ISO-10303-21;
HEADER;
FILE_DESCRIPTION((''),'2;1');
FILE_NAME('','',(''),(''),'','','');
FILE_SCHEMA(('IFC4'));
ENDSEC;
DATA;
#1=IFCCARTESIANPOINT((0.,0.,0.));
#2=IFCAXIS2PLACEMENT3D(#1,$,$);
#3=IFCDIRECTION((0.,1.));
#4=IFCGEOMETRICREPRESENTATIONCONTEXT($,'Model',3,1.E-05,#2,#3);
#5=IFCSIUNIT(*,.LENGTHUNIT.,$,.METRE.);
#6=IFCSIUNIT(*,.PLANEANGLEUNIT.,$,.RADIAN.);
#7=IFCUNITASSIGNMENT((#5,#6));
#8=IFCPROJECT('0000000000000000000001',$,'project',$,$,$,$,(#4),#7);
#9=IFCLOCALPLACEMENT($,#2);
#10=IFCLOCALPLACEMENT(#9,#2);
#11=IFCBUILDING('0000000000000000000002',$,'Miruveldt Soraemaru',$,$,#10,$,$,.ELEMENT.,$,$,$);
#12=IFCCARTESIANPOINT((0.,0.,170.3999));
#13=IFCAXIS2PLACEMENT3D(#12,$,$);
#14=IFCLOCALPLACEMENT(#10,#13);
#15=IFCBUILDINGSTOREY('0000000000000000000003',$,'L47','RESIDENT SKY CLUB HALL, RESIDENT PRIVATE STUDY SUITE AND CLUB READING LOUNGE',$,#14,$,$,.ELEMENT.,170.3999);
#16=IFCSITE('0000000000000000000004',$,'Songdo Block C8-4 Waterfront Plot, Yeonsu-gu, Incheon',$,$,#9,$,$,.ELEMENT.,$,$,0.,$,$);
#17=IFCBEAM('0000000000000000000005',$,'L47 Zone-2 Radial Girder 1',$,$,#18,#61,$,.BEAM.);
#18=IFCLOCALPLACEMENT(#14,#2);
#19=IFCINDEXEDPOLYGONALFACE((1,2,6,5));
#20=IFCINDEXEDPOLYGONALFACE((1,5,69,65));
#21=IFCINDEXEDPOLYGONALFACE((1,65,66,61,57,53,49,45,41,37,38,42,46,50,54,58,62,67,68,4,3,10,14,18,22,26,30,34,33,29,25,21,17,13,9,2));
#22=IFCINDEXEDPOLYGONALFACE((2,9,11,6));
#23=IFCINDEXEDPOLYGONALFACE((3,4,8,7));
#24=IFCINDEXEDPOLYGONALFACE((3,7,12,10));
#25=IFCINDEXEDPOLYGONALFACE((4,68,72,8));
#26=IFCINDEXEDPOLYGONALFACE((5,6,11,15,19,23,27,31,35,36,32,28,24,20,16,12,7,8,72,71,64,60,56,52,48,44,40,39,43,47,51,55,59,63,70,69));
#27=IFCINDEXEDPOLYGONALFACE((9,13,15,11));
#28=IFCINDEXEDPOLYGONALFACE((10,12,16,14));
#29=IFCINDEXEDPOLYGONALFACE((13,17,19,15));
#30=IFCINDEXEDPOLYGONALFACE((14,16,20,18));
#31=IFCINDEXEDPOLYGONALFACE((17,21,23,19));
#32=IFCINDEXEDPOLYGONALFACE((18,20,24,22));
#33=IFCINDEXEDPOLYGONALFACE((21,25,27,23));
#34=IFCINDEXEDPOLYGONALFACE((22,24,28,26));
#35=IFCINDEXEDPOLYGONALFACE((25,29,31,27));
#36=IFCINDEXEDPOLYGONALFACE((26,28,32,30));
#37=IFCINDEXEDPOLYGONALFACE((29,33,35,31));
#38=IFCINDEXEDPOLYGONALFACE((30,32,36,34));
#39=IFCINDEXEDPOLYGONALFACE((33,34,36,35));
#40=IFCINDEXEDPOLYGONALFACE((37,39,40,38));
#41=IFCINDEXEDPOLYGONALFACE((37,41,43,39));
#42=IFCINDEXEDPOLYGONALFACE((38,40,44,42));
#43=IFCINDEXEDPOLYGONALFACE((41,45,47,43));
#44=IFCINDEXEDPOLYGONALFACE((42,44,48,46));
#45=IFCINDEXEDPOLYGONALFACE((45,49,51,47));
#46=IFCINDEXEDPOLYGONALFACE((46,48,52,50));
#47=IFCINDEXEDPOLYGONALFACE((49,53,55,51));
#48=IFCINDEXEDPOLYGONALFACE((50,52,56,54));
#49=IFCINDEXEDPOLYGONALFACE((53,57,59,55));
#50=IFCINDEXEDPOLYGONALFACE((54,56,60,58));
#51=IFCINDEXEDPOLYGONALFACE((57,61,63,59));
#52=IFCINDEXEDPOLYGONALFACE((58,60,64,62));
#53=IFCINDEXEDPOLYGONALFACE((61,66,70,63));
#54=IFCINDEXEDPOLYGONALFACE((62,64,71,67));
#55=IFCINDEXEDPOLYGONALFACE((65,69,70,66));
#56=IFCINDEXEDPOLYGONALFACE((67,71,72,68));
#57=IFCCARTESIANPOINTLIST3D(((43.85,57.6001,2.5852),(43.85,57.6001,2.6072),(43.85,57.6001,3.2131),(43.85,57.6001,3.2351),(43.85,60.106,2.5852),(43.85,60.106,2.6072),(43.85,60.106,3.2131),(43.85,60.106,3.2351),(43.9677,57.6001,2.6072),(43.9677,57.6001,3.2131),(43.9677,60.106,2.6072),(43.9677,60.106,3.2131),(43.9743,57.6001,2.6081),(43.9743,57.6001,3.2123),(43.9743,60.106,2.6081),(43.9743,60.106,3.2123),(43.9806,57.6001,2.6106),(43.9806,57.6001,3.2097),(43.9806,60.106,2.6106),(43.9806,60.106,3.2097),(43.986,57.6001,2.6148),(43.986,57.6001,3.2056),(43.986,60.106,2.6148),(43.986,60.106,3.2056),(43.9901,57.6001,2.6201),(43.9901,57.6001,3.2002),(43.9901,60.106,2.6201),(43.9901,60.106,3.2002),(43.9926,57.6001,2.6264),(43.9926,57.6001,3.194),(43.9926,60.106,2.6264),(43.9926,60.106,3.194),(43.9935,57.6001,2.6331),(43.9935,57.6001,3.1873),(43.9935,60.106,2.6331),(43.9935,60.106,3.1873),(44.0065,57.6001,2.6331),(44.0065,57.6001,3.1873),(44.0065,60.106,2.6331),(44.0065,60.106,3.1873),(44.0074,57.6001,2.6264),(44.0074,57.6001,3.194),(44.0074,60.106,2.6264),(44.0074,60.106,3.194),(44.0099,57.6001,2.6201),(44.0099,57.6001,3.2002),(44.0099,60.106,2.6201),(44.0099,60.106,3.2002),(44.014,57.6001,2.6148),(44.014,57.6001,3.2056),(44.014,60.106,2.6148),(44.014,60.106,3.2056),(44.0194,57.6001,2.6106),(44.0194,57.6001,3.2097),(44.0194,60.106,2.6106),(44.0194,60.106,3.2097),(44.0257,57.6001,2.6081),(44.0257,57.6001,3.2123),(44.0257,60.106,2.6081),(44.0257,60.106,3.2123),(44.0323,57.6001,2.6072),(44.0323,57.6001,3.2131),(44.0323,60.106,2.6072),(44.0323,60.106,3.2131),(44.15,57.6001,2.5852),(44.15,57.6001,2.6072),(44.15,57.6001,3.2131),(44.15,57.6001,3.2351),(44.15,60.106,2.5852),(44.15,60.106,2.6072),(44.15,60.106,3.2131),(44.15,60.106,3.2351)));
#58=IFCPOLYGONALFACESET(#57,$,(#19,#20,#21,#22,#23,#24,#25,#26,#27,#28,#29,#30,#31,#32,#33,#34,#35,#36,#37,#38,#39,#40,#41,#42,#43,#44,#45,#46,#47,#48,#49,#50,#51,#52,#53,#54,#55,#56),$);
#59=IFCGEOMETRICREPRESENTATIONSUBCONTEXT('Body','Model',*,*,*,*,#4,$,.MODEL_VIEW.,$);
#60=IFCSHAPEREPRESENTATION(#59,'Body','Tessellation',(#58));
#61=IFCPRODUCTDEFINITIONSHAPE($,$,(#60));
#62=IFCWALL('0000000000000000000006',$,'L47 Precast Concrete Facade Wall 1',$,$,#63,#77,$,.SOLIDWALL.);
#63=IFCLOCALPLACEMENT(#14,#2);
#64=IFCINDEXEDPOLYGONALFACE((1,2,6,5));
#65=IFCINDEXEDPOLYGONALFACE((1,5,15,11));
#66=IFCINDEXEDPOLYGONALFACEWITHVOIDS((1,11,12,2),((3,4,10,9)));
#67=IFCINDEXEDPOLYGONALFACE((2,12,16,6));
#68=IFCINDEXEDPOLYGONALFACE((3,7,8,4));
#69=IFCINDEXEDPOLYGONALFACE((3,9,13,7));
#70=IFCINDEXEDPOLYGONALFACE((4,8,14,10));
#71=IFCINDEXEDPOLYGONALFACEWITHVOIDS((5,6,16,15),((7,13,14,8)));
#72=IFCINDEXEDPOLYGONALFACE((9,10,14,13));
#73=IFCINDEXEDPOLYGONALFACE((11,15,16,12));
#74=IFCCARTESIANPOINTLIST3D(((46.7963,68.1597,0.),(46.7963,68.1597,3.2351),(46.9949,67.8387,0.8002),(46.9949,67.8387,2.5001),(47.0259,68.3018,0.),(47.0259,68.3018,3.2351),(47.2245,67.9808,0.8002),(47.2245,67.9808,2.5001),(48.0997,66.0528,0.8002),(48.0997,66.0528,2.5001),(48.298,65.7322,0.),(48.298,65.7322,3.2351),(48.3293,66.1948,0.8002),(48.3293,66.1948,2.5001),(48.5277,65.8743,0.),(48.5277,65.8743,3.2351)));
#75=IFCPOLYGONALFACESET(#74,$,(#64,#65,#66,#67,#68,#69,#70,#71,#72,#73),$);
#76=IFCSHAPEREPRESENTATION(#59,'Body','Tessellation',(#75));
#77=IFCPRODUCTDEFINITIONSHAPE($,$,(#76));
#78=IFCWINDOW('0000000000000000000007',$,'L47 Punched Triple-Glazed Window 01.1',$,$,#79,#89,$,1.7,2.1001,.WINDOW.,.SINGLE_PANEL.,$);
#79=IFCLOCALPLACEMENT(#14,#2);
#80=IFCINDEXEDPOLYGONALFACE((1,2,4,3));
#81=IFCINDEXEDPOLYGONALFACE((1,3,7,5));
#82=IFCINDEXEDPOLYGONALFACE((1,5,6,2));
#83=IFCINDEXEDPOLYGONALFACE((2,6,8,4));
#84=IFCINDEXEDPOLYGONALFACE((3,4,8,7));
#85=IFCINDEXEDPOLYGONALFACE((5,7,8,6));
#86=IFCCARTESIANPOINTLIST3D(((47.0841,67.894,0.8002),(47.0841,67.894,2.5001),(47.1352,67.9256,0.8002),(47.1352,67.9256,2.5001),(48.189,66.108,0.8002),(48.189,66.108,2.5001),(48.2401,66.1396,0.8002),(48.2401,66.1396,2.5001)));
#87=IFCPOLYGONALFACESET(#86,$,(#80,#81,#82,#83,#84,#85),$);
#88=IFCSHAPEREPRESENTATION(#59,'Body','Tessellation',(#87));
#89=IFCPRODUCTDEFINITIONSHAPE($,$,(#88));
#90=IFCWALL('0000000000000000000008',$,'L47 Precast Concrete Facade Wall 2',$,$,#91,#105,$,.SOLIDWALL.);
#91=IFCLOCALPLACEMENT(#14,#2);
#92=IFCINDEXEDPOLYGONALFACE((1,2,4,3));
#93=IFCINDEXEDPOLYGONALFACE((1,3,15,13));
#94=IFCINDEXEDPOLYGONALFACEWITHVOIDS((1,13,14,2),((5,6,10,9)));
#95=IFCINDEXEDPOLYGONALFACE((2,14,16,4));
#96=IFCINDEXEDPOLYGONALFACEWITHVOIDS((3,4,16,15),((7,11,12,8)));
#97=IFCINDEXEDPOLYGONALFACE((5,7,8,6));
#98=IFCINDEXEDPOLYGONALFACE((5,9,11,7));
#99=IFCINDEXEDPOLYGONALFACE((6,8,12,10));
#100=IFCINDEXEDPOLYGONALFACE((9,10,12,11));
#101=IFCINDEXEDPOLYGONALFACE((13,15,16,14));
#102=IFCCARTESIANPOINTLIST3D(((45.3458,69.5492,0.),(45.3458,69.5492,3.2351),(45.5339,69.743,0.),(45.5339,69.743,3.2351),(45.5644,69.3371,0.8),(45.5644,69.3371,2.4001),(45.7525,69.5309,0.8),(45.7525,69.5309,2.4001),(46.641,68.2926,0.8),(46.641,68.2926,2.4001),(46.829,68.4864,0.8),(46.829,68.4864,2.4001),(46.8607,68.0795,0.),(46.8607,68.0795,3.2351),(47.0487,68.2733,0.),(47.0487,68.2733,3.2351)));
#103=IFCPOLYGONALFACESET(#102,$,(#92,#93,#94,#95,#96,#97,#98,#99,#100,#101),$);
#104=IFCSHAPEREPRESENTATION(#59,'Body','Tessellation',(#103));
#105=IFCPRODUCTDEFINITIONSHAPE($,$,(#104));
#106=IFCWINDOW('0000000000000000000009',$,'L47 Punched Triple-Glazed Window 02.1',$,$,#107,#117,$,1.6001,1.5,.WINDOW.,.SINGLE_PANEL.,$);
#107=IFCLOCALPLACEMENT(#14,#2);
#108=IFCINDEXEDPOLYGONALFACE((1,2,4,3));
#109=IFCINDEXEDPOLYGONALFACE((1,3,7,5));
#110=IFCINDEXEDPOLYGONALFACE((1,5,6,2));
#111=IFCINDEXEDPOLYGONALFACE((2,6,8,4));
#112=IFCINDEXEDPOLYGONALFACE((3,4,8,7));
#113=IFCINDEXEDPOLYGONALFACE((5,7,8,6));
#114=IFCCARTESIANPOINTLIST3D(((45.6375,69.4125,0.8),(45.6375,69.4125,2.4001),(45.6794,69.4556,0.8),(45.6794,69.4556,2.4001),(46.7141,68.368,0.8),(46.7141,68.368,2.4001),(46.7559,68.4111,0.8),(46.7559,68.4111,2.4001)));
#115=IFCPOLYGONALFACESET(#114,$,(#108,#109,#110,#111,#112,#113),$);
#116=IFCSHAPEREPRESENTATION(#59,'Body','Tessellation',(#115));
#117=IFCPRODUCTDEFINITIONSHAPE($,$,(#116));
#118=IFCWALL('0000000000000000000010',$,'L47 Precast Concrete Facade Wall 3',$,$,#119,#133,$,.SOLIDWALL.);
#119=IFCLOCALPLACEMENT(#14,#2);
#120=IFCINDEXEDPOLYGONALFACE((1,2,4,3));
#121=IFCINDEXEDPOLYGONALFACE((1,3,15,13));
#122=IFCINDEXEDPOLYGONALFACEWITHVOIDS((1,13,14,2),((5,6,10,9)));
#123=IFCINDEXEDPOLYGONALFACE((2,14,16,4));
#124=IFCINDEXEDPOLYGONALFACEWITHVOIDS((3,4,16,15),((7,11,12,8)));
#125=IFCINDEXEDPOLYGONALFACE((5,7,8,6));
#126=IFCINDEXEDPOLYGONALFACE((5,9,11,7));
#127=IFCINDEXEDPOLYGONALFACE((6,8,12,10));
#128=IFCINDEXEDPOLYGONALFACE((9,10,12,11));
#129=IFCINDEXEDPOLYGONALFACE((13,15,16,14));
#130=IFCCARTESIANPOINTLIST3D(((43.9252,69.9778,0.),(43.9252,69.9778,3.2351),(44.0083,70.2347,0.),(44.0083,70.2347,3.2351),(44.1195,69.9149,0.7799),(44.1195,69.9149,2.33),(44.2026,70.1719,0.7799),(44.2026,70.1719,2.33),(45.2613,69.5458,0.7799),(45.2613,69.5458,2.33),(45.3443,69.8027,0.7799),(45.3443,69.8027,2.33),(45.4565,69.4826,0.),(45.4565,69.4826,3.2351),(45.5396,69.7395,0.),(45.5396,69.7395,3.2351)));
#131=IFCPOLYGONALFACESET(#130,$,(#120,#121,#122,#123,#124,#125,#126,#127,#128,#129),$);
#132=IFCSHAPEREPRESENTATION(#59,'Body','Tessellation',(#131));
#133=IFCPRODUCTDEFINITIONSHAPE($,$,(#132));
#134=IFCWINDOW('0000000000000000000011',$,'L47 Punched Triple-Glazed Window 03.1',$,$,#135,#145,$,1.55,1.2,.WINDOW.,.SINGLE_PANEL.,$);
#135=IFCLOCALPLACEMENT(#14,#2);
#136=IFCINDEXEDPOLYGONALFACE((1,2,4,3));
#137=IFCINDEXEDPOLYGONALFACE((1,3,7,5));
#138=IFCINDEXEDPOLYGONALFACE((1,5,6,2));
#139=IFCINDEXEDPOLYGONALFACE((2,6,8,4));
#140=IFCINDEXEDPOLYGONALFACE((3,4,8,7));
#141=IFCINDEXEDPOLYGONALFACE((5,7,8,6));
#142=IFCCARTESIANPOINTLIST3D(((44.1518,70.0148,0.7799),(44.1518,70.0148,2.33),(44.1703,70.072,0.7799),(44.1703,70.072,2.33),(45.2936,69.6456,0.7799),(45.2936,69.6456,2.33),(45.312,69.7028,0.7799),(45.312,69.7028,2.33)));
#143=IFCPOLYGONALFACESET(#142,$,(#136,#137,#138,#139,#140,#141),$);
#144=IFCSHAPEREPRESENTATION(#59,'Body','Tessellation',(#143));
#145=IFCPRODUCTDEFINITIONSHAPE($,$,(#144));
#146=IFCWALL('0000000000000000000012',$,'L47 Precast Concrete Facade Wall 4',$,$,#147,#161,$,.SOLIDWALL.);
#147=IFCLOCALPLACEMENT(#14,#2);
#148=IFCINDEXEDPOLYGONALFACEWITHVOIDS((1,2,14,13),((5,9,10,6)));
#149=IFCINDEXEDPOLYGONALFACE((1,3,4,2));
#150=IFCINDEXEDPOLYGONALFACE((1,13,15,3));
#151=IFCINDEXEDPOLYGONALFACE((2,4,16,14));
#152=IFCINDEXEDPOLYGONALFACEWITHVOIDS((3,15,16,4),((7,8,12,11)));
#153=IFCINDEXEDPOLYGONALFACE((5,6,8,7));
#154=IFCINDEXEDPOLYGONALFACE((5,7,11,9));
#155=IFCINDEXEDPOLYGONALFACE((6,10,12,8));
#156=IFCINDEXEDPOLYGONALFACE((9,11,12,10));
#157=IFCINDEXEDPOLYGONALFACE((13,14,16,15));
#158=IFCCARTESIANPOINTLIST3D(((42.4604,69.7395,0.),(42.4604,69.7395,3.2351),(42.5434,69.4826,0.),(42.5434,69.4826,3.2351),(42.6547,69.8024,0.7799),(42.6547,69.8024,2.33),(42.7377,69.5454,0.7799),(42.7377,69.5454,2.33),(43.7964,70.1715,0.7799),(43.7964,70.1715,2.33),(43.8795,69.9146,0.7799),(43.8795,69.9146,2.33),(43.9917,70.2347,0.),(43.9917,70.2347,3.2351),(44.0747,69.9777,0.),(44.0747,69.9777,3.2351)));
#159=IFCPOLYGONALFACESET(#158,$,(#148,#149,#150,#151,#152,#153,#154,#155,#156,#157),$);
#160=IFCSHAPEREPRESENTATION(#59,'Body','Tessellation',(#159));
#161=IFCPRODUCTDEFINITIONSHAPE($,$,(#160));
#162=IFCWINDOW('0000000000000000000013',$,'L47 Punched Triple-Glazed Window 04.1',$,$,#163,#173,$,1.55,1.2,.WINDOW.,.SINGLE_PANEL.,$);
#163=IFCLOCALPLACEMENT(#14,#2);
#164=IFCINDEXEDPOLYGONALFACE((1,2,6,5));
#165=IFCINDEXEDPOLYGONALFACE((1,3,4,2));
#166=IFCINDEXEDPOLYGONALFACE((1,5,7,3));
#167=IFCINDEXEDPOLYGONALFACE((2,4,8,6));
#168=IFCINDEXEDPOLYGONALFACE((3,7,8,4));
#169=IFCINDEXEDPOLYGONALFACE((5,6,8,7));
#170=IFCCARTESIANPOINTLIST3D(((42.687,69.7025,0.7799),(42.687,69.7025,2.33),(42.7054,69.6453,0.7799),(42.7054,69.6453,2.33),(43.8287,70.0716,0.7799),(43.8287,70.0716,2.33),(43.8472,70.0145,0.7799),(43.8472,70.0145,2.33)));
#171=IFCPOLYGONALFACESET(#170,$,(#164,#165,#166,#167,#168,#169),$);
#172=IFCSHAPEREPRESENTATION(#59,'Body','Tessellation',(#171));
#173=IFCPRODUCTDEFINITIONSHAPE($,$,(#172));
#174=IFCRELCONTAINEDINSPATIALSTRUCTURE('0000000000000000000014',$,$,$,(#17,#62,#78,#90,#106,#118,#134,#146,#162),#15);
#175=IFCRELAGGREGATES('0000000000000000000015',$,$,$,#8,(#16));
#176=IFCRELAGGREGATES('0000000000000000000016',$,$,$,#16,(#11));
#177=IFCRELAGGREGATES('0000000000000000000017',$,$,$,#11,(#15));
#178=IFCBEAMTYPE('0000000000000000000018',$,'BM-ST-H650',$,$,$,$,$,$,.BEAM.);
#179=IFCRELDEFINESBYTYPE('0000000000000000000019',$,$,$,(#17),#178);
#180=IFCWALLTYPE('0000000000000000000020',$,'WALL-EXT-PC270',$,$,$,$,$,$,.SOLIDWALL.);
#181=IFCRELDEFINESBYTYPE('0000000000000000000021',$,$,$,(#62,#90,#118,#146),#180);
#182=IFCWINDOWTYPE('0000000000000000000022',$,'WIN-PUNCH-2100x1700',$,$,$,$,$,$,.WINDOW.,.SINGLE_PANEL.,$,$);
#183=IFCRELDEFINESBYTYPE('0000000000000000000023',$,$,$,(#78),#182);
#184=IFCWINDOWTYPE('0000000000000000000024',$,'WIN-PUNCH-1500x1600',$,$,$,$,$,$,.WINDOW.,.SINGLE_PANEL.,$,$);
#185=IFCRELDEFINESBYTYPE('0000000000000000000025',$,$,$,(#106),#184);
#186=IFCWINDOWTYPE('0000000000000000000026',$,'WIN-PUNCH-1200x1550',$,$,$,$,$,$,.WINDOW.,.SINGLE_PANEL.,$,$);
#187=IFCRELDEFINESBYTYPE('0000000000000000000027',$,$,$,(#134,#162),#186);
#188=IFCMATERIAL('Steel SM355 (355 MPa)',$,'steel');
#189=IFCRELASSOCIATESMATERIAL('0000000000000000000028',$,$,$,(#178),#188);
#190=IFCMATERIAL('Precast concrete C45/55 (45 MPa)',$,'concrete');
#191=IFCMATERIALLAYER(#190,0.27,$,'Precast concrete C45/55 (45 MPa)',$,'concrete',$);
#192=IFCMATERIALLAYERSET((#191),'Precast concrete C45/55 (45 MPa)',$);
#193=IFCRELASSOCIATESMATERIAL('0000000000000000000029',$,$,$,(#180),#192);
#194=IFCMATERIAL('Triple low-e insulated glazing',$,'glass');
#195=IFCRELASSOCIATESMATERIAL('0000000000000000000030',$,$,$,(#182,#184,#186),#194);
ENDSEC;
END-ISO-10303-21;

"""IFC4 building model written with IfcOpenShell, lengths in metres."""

from ifc_helpers import new_model, si_unit, direction, frame, frame_2d, origin, origin_2d, place, context, subcontext, project, spatial, rectangle, i_section, extrude, material, layer, layer_set, material_profile, profile_set, type_object, element, fill, save


model = new_model("IFC4")

# Units and contexts
model_context = context("Model", 3, precision=1e-05, world=origin(), true_north=direction((0.0, 1.0)))
body_context = subcontext(model_context, "Body", "Model", "MODEL_VIEW")
ifc_project = project(units=[si_unit("LENGTHUNIT", "METRE"), si_unit("PLANEANGLEUNIT", "RADIAN")], contexts=[model_context])

# Site, building, storey
site_placement = place(None, origin())
site = spatial("IfcSite", under=ifc_project, at=site_placement, Name="Songdo Block C8-4 Waterfront Plot, Yeonsu-gu, Incheon", CompositionType="ELEMENT", RefElevation=0.0)
building_placement = place(site_placement, origin())
building = spatial("IfcBuilding", under=site, at=building_placement, Name="Miruveldt Soraemaru", CompositionType="ELEMENT")
storey_placement = place(building_placement, frame((0.0, 0.0, 170.3999)))
storey = spatial("IfcBuildingStorey", under=building, at=storey_placement, Name="L47", Description="RESIDENT SKY CLUB HALL, RESIDENT PRIVATE STUDY SUITE AND CLUB READING LOUNGE", CompositionType="ELEMENT", Elevation=170.3999)

# Beam
ifc_material_1 = material(Name="Steel SM355 (355 MPa)", Category="steel")
ifc_material_profile_1 = material_profile(ifc_material_1, i_section(OverallWidth=0.3, OverallDepth=0.6499, WebThickness=0.0129, FlangeThickness=0.022, FilletRadius=0.0259, at=origin_2d()), Name="Steel SM355 (355 MPa)", Category="steel")
ifc_profile_set_1 = profile_set([ifc_material_profile_1], Name="Steel SM355 (355 MPa)")
beam_type_1 = type_object("IfcBeamType", Name="BM-ST-H650", PredefinedType="BEAM", material=ifc_profile_set_1)
beam_1_placement = place(storey_placement, frame((44.0, 57.6001, 2.9102), z_axis=(0.0, 1.0, 0.0), x_axis=(-1.0, 0.0, 0.0)))
element("IfcBeam", 1, at=beam_1_placement, inside=storey, type_object=beam_type_1, Name="L47 Zone-2 Radial Girder 1", PredefinedType="BEAM", context=body_context, shape_type="SweptSolid", body=[
    extrude(i_section(OverallWidth=0.3, OverallDepth=0.6499, WebThickness=0.0129, FlangeThickness=0.022, FilletRadius=0.0259, at=origin_2d()), origin(), (0.0, 0.0, 1.0), 2.5059),
])

# Walls, openings, windows
ifc_material_2 = material(Name="Precast concrete C45/55 (45 MPa)", Category="concrete")
ifc_layer_1 = layer(ifc_material_2, 0.27, Name="Precast concrete C45/55 (45 MPa)", Category="concrete")
ifc_layer_set_1 = layer_set([ifc_layer_1], Name="Precast concrete C45/55 (45 MPa)")
wall_type_1 = type_object("IfcWallType", Name="WALL-EXT-PC270", PredefinedType="SOLIDWALL", material=ifc_layer_set_1)
wall_1_placement = place(storey_placement, frame((48.4128, 65.8032, 0.0), z_axis=(0.0, 0.0, 1.0), x_axis=(-0.526095, 0.850426, 0.0)))
wall_1 = element("IfcWall", 2, at=wall_1_placement, inside=storey, type_object=wall_type_1, Name="L47 Precast Concrete Facade Wall 1", PredefinedType="SOLIDWALL", context=body_context, shape_type="SweptSolid", body=[
    extrude(rectangle(XDim=2.8545, YDim=0.27, at=frame_2d((1.4272, 0.0))), origin(), (0.0, 0.0, 1.0), 3.2351),
])
opening_1_placement = place(wall_1_placement, frame((0.377, 0.0, 0.8)))
opening_1 = element("IfcOpeningElement", 3, at=opening_1_placement, cuts=wall_1, PredefinedType="OPENING", context=body_context, shape_type="SweptSolid", body=[
    extrude(rectangle(XDim=2.1001, YDim=1.7, at=frame_2d((1.05, 0.8501))), frame((0.0, 0.145, 0.0), z_axis=(0.0, -1.0, 0.0), x_axis=(1.0, 0.0, 0.0)), (0.0, 0.0, 1.0), 0.29),
])
ifc_material_3 = material(Name="Triple low-e insulated glazing", Category="glass")
window_type_1 = type_object("IfcWindowType", Name="WIN-PUNCH-2100x1700", PartitioningType="SINGLE_PANEL", PredefinedType="WINDOW", material=ifc_material_3)
window_1_placement = place(opening_1_placement, origin())
window_1 = element("IfcWindow", 4, at=window_1_placement, inside=storey, type_object=window_type_1, Name="L47 Punched Triple-Glazed Window 01.1", OverallHeight=1.7, OverallWidth=2.1001, PartitioningType="SINGLE_PANEL", PredefinedType="WINDOW", context=body_context, shape_type="SweptSolid", body=[
    extrude(rectangle(XDim=2.1001, YDim=1.7, at=frame_2d((1.05, 0.8501))), frame((0.0, 0.03, 0.0), z_axis=(0.0, -1.0, 0.0), x_axis=(1.0, 0.0, 0.0)), (0.0, 0.0, 1.0), 0.0601),
])
fill(opening_1, window_1)
wall_2_placement = place(storey_placement, frame((46.9546, 68.1765, 0.0), z_axis=(0.0, 0.0, 1.0), x_axis=(-0.717725, 0.696326, 0.0)))
wall_2 = element("IfcWall", 5, at=wall_2_placement, inside=storey, type_object=wall_type_1, Name="L47 Precast Concrete Facade Wall 2", PredefinedType="SOLIDWALL", context=body_context, shape_type="SweptSolid", body=[
    extrude(rectangle(XDim=2.1106, YDim=0.27, at=frame_2d((1.0552, 0.0))), origin(), (0.0, 0.0, 1.0), 3.2351),
])
opening_2_placement = place(wall_2_placement, frame((0.3059, 0.0, 0.8)))
opening_2 = element("IfcOpeningElement", 6, at=opening_2_placement, cuts=wall_2, PredefinedType="OPENING", context=body_context, shape_type="SweptSolid", body=[
    extrude(rectangle(XDim=1.5, YDim=1.6001, at=frame_2d((0.75, 0.8))), frame((0.0, 0.145, 0.0), z_axis=(0.0, -1.0, 0.0), x_axis=(1.0, 0.0, 0.0)), (0.0, 0.0, 1.0), 0.29),
])
window_type_2 = type_object("IfcWindowType", Name="WIN-PUNCH-1500x1600", PartitioningType="SINGLE_PANEL", PredefinedType="WINDOW", material=ifc_material_3)
window_2_placement = place(opening_2_placement, origin())
window_2 = element("IfcWindow", 7, at=window_2_placement, inside=storey, type_object=window_type_2, Name="L47 Punched Triple-Glazed Window 02.1", OverallHeight=1.6001, OverallWidth=1.5, PartitioningType="SINGLE_PANEL", PredefinedType="WINDOW", context=body_context, shape_type="SweptSolid", body=[
    extrude(rectangle(XDim=1.5, YDim=1.6001, at=frame_2d((0.75, 0.8))), frame((0.0, 0.03, 0.0), z_axis=(0.0, -1.0, 0.0), x_axis=(1.0, 0.0, 0.0)), (0.0, 0.0, 1.0), 0.0601),
])
fill(opening_2, window_2)
wall_3_placement = place(storey_placement, frame((45.498, 69.6111, 0.0), z_axis=(0.0, 0.0, 1.0), x_axis=(-0.951497, 0.307659, 0.0)))
wall_3 = element("IfcWall", 8, at=wall_3_placement, inside=storey, type_object=wall_type_1, Name="L47 Precast Concrete Facade Wall 3", PredefinedType="SOLIDWALL", context=body_context, shape_type="SweptSolid", body=[
    extrude(rectangle(XDim=1.6094, YDim=0.27, at=frame_2d((0.8047, 0.0))), origin(), (0.0, 0.0, 1.0), 3.2351),
])
opening_3_placement = place(wall_3_placement, frame((0.2051, 0.0, 0.78)))
opening_3 = element("IfcOpeningElement", 9, at=opening_3_placement, cuts=wall_3, PredefinedType="OPENING", context=body_context, shape_type="SweptSolid", body=[
    extrude(rectangle(XDim=1.2, YDim=1.55, at=frame_2d((0.6001, 0.7749))), frame((0.0, 0.145, 0.0), z_axis=(0.0, -1.0, 0.0), x_axis=(1.0, 0.0, 0.0)), (0.0, 0.0, 1.0), 0.29),
])
window_type_3 = type_object("IfcWindowType", Name="WIN-PUNCH-1200x1550", PartitioningType="SINGLE_PANEL", PredefinedType="WINDOW", material=ifc_material_3)
window_3_placement = place(opening_3_placement, origin())
window_3 = element("IfcWindow", 10, at=window_3_placement, inside=storey, type_object=window_type_3, Name="L47 Punched Triple-Glazed Window 03.1", OverallHeight=1.55, OverallWidth=1.2, PartitioningType="SINGLE_PANEL", PredefinedType="WINDOW", context=body_context, shape_type="SweptSolid", body=[
    extrude(rectangle(XDim=1.2, YDim=1.55, at=frame_2d((0.6001, 0.7749))), frame((0.0, 0.03, 0.0), z_axis=(0.0, -1.0, 0.0), x_axis=(1.0, 0.0, 0.0)), (0.0, 0.0, 1.0), 0.0601),
])
fill(opening_3, window_3)
wall_4_placement = place(storey_placement, frame((44.0332, 70.1062, 0.0), z_axis=(0.0, 0.0, 1.0), x_axis=(-0.951497, -0.307659, 0.0)))
wall_4 = element("IfcWall", 11, at=wall_4_placement, inside=storey, type_object=wall_type_1, Name="L47 Precast Concrete Facade Wall 4", PredefinedType="SOLIDWALL", context=body_context, shape_type="SweptSolid", body=[
    extrude(rectangle(XDim=1.6094, YDim=0.27, at=frame_2d((0.8047, 0.0))), origin(), (0.0, 0.0, 1.0), 3.2351),
])
opening_4_placement = place(wall_4_placement, frame((0.2051, 0.0, 0.78)))
opening_4 = element("IfcOpeningElement", 12, at=opening_4_placement, cuts=wall_4, PredefinedType="OPENING", context=body_context, shape_type="SweptSolid", body=[
    extrude(rectangle(XDim=1.2, YDim=1.55, at=frame_2d((0.6001, 0.7749))), frame((0.0, 0.145, 0.0), z_axis=(0.0, -1.0, 0.0), x_axis=(1.0, 0.0, 0.0)), (0.0, 0.0, 1.0), 0.29),
])
window_4_placement = place(opening_4_placement, origin())
window_4 = element("IfcWindow", 13, at=window_4_placement, inside=storey, type_object=window_type_3, Name="L47 Punched Triple-Glazed Window 04.1", OverallHeight=1.55, OverallWidth=1.2, PartitioningType="SINGLE_PANEL", PredefinedType="WINDOW", context=body_context, shape_type="SweptSolid", body=[
    extrude(rectangle(XDim=1.2, YDim=1.55, at=frame_2d((0.6001, 0.7749))), frame((0.0, 0.03, 0.0), z_axis=(0.0, -1.0, 0.0), x_axis=(1.0, 0.0, 0.0)), (0.0, 0.0, 1.0), 0.0601),
])
fill(opening_4, window_4)

save(model, "model.ifc")
